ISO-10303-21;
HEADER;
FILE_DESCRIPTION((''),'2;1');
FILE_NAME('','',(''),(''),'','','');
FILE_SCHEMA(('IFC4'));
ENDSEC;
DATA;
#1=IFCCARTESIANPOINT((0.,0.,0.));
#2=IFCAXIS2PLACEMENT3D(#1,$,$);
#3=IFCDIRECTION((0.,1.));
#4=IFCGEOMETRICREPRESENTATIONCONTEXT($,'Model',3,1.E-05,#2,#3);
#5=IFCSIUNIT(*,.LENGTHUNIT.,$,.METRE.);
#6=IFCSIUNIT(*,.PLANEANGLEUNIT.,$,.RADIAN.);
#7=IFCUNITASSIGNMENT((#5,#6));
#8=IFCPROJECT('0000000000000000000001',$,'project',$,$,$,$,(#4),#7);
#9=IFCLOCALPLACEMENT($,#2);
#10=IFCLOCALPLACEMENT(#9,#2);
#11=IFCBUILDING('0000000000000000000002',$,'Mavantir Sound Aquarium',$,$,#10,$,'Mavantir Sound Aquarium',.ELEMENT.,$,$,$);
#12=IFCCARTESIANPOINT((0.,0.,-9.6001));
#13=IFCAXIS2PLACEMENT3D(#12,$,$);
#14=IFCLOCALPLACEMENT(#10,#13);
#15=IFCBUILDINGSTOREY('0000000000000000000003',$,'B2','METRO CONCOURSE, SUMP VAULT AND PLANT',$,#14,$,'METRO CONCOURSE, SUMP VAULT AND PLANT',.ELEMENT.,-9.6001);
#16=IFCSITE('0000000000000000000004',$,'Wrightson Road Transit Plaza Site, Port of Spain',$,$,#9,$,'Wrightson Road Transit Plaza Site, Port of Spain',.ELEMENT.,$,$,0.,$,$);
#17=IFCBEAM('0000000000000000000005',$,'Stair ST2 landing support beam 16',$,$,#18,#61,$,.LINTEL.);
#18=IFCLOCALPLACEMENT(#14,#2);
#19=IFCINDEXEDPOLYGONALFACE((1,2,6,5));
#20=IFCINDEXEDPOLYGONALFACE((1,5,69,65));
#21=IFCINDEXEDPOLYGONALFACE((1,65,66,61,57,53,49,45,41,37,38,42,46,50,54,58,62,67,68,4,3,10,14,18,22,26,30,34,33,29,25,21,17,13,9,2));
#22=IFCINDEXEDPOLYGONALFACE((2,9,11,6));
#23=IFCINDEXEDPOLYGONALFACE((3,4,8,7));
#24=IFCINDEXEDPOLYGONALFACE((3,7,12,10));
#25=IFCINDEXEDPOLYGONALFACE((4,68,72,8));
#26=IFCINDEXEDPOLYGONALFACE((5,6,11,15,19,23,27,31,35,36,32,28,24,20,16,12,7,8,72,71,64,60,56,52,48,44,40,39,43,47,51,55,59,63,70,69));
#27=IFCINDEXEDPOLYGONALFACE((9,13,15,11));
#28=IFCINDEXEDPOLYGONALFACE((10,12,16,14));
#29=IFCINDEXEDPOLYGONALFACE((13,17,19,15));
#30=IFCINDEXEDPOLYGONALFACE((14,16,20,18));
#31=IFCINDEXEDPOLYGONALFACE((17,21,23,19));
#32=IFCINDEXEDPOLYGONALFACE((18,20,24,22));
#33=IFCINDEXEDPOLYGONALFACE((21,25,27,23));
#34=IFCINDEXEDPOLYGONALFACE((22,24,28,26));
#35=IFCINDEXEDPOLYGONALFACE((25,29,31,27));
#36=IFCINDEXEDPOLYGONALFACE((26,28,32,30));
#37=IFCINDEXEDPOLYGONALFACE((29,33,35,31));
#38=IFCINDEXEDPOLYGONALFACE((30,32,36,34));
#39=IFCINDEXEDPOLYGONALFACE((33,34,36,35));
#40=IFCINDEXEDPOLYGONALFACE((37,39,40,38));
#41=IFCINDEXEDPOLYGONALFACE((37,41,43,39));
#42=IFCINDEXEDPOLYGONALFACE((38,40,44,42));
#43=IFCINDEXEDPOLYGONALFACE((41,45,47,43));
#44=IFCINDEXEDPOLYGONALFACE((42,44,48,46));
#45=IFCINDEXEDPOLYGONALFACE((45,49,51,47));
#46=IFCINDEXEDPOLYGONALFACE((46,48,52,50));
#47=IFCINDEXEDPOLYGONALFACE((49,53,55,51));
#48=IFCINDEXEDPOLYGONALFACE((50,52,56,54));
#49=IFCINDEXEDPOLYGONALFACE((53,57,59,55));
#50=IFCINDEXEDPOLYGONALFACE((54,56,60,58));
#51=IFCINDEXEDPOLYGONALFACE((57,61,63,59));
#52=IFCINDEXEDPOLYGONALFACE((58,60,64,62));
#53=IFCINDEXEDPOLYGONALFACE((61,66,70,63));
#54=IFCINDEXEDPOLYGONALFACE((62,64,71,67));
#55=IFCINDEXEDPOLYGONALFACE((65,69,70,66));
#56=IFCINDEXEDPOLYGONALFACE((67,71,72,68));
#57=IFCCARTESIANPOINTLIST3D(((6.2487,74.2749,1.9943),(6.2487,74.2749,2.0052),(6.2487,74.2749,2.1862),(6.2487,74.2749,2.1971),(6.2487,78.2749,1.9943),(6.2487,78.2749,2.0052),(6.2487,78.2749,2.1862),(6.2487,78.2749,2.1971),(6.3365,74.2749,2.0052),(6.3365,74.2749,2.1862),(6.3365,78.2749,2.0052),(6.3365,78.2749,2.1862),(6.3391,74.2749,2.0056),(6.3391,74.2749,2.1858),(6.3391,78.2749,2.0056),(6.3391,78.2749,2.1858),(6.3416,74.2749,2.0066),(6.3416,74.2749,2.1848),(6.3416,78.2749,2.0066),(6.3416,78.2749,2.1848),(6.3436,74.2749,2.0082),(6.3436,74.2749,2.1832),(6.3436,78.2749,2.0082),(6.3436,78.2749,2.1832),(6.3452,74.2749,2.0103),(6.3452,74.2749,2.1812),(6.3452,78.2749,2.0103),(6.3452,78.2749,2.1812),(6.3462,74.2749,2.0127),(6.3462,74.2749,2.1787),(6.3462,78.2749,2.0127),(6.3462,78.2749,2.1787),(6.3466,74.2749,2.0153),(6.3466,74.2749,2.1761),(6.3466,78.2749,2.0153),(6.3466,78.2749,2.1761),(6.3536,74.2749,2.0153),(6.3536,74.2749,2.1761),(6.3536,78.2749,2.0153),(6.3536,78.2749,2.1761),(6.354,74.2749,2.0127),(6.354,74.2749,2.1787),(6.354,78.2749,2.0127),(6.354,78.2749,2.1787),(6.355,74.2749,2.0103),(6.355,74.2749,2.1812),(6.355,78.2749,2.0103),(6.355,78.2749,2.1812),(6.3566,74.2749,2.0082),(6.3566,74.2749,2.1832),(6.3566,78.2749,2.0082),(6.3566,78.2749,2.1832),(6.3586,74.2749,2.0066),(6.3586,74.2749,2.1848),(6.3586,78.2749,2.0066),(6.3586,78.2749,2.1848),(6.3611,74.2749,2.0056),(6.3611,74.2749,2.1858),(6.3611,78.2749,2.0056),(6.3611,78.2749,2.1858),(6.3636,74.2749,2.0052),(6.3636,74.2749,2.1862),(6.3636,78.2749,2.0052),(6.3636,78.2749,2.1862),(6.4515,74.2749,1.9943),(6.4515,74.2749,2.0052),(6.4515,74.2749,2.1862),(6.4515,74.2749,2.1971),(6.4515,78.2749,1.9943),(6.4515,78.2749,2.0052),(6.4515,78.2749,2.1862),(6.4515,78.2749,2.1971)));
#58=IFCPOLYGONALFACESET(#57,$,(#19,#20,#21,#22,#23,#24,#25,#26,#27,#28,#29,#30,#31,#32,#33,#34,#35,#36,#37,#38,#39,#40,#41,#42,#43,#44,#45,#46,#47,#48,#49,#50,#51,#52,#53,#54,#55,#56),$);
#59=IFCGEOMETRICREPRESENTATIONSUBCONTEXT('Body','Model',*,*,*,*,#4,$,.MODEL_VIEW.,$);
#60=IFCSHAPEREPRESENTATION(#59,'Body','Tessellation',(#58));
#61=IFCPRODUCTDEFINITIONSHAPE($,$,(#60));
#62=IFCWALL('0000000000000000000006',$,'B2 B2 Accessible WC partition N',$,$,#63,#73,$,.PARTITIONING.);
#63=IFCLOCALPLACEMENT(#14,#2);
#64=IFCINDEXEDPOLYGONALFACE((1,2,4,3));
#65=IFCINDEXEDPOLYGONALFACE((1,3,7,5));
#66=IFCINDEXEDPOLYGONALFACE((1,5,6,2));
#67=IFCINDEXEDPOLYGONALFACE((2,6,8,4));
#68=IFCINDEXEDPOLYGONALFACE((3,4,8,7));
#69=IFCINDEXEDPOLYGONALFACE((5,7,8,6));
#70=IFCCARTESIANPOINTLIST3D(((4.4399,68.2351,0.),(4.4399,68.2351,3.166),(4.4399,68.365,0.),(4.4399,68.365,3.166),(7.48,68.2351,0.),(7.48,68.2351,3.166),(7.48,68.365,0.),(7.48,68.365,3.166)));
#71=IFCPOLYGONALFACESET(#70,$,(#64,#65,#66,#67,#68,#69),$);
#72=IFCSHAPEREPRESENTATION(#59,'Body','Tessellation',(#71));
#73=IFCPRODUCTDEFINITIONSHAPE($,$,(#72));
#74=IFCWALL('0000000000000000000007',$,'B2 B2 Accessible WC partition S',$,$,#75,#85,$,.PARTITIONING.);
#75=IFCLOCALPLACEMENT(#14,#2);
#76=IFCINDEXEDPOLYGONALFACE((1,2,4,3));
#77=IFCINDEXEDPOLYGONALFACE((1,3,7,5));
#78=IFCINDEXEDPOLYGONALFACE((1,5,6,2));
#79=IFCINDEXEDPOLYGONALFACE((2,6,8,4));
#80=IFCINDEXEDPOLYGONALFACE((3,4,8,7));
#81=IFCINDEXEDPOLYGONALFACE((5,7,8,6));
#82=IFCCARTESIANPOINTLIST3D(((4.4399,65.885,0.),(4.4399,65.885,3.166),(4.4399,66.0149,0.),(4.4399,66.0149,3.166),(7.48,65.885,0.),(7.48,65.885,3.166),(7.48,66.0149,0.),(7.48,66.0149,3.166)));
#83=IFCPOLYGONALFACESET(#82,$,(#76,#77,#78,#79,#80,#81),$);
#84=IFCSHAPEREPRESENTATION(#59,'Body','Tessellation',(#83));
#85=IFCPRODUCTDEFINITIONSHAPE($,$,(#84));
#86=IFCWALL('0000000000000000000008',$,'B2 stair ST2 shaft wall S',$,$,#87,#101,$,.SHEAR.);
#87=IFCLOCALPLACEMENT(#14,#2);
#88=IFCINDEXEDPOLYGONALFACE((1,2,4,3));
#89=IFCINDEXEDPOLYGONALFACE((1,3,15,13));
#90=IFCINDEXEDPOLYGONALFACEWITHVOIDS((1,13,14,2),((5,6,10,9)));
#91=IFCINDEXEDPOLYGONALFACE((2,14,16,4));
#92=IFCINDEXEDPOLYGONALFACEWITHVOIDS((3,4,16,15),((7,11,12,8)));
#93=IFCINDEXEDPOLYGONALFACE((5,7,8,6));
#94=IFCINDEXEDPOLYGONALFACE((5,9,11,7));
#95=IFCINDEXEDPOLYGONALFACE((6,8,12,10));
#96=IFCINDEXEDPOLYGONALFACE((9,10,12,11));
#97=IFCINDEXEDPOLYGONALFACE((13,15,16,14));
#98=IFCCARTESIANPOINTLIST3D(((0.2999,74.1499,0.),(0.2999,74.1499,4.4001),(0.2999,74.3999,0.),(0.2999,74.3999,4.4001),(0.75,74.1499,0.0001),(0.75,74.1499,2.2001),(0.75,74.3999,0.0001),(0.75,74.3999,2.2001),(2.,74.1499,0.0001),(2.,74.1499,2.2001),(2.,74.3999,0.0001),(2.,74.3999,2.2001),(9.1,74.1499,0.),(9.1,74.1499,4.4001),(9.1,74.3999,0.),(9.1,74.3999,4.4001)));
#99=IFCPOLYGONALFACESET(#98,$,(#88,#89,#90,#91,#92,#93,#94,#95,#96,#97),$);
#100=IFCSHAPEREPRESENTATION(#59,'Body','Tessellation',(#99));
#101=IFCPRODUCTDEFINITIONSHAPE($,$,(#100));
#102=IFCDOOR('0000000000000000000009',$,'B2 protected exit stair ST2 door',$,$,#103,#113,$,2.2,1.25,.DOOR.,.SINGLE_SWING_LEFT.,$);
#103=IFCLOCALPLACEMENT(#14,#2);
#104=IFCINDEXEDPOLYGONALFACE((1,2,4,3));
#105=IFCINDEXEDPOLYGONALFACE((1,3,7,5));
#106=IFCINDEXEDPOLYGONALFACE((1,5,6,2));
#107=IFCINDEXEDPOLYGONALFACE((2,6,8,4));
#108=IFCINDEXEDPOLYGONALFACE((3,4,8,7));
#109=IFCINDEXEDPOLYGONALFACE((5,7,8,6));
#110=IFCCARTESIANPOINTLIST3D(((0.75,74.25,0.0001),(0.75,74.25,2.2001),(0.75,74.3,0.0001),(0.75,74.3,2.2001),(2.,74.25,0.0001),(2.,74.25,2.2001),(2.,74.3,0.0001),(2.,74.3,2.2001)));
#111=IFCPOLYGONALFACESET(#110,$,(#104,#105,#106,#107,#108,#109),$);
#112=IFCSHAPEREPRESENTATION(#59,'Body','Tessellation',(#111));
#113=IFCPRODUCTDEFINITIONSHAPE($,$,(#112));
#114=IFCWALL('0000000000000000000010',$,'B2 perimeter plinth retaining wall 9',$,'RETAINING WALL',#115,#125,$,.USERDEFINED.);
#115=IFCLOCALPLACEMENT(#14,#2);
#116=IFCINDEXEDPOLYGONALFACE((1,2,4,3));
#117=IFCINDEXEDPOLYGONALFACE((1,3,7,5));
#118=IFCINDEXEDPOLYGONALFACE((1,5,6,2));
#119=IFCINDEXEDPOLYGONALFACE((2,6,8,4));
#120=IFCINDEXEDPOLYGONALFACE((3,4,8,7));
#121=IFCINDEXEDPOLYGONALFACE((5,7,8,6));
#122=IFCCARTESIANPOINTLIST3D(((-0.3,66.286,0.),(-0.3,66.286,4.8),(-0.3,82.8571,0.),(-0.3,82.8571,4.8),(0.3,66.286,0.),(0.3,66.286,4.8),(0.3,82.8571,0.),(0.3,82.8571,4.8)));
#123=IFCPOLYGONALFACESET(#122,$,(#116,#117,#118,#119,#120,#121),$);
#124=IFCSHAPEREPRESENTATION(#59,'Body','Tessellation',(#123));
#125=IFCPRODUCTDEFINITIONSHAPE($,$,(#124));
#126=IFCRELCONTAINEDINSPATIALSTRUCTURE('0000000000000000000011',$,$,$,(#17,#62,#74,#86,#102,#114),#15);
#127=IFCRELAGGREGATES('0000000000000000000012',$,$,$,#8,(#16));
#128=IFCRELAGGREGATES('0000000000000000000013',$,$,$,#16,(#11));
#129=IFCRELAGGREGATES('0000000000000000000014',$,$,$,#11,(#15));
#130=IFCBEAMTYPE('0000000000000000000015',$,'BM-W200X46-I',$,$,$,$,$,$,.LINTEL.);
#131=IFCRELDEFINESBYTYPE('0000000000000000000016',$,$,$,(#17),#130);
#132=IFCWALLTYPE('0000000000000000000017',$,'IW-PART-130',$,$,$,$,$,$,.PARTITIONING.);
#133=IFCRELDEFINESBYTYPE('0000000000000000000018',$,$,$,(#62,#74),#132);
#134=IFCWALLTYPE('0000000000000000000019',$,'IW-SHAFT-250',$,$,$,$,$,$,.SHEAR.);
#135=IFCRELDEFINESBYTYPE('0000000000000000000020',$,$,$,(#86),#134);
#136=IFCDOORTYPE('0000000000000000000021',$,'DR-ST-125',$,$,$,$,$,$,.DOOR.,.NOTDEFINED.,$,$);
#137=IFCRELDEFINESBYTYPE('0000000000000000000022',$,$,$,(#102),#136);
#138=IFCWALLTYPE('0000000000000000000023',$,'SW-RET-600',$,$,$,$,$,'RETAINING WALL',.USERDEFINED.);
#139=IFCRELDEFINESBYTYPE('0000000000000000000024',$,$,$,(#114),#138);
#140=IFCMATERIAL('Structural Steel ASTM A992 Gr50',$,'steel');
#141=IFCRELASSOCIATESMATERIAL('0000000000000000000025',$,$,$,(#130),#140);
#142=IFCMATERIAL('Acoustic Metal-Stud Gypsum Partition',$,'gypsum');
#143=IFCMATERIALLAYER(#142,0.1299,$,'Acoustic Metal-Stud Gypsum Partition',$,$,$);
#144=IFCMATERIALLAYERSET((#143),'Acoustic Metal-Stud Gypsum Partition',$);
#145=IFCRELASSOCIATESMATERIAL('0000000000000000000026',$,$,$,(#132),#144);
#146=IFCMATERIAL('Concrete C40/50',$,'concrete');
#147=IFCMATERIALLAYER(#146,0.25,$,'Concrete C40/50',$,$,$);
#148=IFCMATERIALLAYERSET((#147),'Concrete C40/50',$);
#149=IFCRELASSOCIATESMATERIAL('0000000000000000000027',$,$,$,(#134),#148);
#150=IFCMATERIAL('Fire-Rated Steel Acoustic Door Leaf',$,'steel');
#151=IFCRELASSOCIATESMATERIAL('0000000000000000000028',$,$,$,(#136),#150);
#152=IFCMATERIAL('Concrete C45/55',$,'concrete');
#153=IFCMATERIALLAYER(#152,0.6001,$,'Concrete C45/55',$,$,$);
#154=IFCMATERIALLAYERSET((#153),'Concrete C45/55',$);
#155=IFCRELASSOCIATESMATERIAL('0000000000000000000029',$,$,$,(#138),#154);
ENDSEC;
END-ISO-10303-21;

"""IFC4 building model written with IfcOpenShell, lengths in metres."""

from ifc_helpers import new_model, si_unit, direction, frame, frame_2d, origin, origin_2d, place, context, subcontext, project, spatial, rectangle, i_section, extrude, material, layer, layer_set, material_profile, profile_set, type_object, element, fill, save


model = new_model("IFC4")

# Units and contexts
model_context = context("Model", 3, precision=1e-05, world=origin(), true_north=direction((0.0, 1.0)))
body_context = subcontext(model_context, "Body", "Model", "MODEL_VIEW")
ifc_project = project(units=[si_unit("LENGTHUNIT", "METRE"), si_unit("PLANEANGLEUNIT", "RADIAN")], contexts=[model_context])

# Site, building, storey
site_placement = place(None, origin())
site = spatial("IfcSite", under=ifc_project, at=site_placement, Name="Wrightson Road Transit Plaza Site, Port of Spain", LongName="Wrightson Road Transit Plaza Site, Port of Spain", CompositionType="ELEMENT", RefElevation=0.0)
building_placement = place(site_placement, origin())
building = spatial("IfcBuilding", under=site, at=building_placement, Name="Mavantir Sound Aquarium", LongName="Mavantir Sound Aquarium", CompositionType="ELEMENT")
storey_placement = place(building_placement, frame((0.0, 0.0, -9.6001)))
storey = spatial("IfcBuildingStorey", under=building, at=storey_placement, Name="B2", Description="METRO CONCOURSE, SUMP VAULT AND PLANT", LongName="METRO CONCOURSE, SUMP VAULT AND PLANT", CompositionType="ELEMENT", Elevation=-9.6001)

# Shared definitions
ifc_material_1 = material(Name="Concrete C40/50", Category="concrete")

# Beam
ifc_material_2 = material(Name="Structural Steel ASTM A992 Gr50", Category="steel")
ifc_material_profile_1 = material_profile(ifc_material_2, i_section(OverallWidth=0.2029, OverallDepth=0.2029, WebThickness=0.0071, FlangeThickness=0.011, FilletRadius=0.01, at=origin_2d()), Name="W200X46")
ifc_profile_set_1 = profile_set([ifc_material_profile_1], Name="Structural Steel ASTM A992 Gr50")
beam_type_1 = type_object("IfcBeamType", Name="BM-W200X46-I", PredefinedType="LINTEL", material=ifc_profile_set_1)
beam_1_placement = place(storey_placement, frame((6.3501, 74.2749, 2.0957), z_axis=(0.0, 1.0, 0.0), x_axis=(-1.0, 0.0, 0.0)))
element("IfcBeam", 1, at=beam_1_placement, inside=storey, type_object=beam_type_1, Name="Stair ST2 landing support beam 16", PredefinedType="LINTEL", context=body_context, shape_type="SweptSolid", body=[
    extrude(i_section(OverallWidth=0.2029, OverallDepth=0.2029, WebThickness=0.0071, FlangeThickness=0.011, FilletRadius=0.01, at=origin_2d()), origin(), (0.0, 0.0, 1.0), 4.0),
])

# Walls
ifc_material_3 = material(Name="Acoustic Metal-Stud Gypsum Partition", Category="gypsum")
ifc_layer_1 = layer(ifc_material_3, 0.1299, Name="Acoustic Metal-Stud Gypsum Partition")
ifc_layer_set_1 = layer_set([ifc_layer_1], Name="Acoustic Metal-Stud Gypsum Partition")
wall_type_1 = type_object("IfcWallType", Name="IW-PART-130", PredefinedType="PARTITIONING", material=ifc_layer_set_1)
for number, where, z_axis, x_axis, name in (
    (2, (4.4399, 68.3, 0.0), (0.0, 0.0, 1.0), (1.0, 0.0, 0.0), "B2 B2 Accessible WC partition N"),
    (3, (4.4399, 65.95, 0.0), (0.0, 0.0, 1.0), (1.0, 0.0, 0.0), "B2 B2 Accessible WC partition S"),
):
    element("IfcWall", number, at=place(storey_placement, frame(where, z_axis=z_axis, x_axis=x_axis)), inside=storey, type_object=wall_type_1, Name=name, PredefinedType="PARTITIONING", context=body_context, shape_type="SweptSolid", body=[
        extrude(rectangle(XDim=3.04, YDim=0.1299, at=frame_2d((1.52, 0.0))), origin(), (0.0, 0.0, 1.0), 3.166),
    ])

# Wall, opening, door
ifc_layer_2 = layer(ifc_material_1, 0.25, Name="Concrete C40/50")
ifc_layer_set_2 = layer_set([ifc_layer_2], Name="Concrete C40/50")
wall_type_2 = type_object("IfcWallType", Name="IW-SHAFT-250", PredefinedType="SHEAR", material=ifc_layer_set_2)
wall_1_placement = place(storey_placement, frame((0.3, 74.2749, 0.0), z_axis=(0.0, 0.0, 1.0), x_axis=(1.0, 0.0, 0.0)))
wall_1 = element("IfcWall", 4, at=wall_1_placement, inside=storey, type_object=wall_type_2, Name="B2 stair ST2 shaft wall S", PredefinedType="SHEAR", context=body_context, shape_type="SweptSolid", body=[
    extrude(rectangle(XDim=8.8, YDim=0.25, at=frame_2d((4.3999, 0.0))), origin(), (0.0, 0.0, 1.0), 4.4001),
])
opening_1_placement = place(wall_1_placement, frame((1.7, 0.0, 0.0), z_axis=(0.0, 0.0, 1.0), x_axis=(-1.0, 0.0, 0.0)))
opening_1 = element("IfcOpeningElement", 5, at=opening_1_placement, cuts=wall_1, PredefinedType="OPENING", context=body_context, shape_type="SweptSolid", body=[
    extrude(rectangle(XDim=1.25, YDim=2.2, at=frame_2d((0.625, 1.1001))), frame((0.0, 0.135, 0.0), z_axis=(0.0, -1.0, 0.0), x_axis=(1.0, 0.0, 0.0)), (0.0, 0.0, 1.0), 0.27),
])
ifc_material_4 = material(Name="Fire-Rated Steel Acoustic Door Leaf", Category="steel")
door_type_1 = type_object("IfcDoorType", Name="DR-ST-125", OperationType="NOTDEFINED", PredefinedType="DOOR", material=ifc_material_4)
door_1_placement = place(opening_1_placement, origin())
door_1 = element("IfcDoor", 6, at=door_1_placement, inside=storey, type_object=door_type_1, Name="B2 protected exit stair ST2 door", OperationType="SINGLE_SWING_LEFT", OverallHeight=2.2, OverallWidth=1.25, PredefinedType="DOOR", context=body_context, shape_type="SweptSolid", body=[
    extrude(rectangle(XDim=1.25, YDim=2.2, at=frame_2d((0.625, 1.1001))), frame((0.0, 0.0249, 0.0), z_axis=(0.0, -1.0, 0.0), x_axis=(1.0, 0.0, 0.0)), (0.0, 0.0, 1.0), 0.05),
])
fill(opening_1, door_1)

# Wall
ifc_material_5 = material(Name="Concrete C45/55", Category="concrete")
ifc_layer_3 = layer(ifc_material_5, 0.6001, Name="Concrete C45/55")
ifc_layer_set_3 = layer_set([ifc_layer_3], Name="Concrete C45/55")
wall_type_3 = type_object("IfcWallType", Name="SW-RET-600", ElementType="RETAINING WALL", PredefinedType="USERDEFINED", material=ifc_layer_set_3)
wall_2_placement = place(storey_placement, frame((0.0, 66.2859, 0.0), z_axis=(0.0, 0.0, 1.0), x_axis=(0.0, 1.0, 0.0)))
element("IfcWall", 7, at=wall_2_placement, inside=storey, type_object=wall_type_3, Name="B2 perimeter plinth retaining wall 9", ObjectType="RETAINING WALL", PredefinedType="USERDEFINED", context=body_context, shape_type="SweptSolid", body=[
    extrude(rectangle(XDim=16.571, YDim=0.6001, at=frame_2d((8.2856, 0.0))), origin(), (0.0, 0.0, 1.0), 4.8),
])

save(model, "model.ifc")
